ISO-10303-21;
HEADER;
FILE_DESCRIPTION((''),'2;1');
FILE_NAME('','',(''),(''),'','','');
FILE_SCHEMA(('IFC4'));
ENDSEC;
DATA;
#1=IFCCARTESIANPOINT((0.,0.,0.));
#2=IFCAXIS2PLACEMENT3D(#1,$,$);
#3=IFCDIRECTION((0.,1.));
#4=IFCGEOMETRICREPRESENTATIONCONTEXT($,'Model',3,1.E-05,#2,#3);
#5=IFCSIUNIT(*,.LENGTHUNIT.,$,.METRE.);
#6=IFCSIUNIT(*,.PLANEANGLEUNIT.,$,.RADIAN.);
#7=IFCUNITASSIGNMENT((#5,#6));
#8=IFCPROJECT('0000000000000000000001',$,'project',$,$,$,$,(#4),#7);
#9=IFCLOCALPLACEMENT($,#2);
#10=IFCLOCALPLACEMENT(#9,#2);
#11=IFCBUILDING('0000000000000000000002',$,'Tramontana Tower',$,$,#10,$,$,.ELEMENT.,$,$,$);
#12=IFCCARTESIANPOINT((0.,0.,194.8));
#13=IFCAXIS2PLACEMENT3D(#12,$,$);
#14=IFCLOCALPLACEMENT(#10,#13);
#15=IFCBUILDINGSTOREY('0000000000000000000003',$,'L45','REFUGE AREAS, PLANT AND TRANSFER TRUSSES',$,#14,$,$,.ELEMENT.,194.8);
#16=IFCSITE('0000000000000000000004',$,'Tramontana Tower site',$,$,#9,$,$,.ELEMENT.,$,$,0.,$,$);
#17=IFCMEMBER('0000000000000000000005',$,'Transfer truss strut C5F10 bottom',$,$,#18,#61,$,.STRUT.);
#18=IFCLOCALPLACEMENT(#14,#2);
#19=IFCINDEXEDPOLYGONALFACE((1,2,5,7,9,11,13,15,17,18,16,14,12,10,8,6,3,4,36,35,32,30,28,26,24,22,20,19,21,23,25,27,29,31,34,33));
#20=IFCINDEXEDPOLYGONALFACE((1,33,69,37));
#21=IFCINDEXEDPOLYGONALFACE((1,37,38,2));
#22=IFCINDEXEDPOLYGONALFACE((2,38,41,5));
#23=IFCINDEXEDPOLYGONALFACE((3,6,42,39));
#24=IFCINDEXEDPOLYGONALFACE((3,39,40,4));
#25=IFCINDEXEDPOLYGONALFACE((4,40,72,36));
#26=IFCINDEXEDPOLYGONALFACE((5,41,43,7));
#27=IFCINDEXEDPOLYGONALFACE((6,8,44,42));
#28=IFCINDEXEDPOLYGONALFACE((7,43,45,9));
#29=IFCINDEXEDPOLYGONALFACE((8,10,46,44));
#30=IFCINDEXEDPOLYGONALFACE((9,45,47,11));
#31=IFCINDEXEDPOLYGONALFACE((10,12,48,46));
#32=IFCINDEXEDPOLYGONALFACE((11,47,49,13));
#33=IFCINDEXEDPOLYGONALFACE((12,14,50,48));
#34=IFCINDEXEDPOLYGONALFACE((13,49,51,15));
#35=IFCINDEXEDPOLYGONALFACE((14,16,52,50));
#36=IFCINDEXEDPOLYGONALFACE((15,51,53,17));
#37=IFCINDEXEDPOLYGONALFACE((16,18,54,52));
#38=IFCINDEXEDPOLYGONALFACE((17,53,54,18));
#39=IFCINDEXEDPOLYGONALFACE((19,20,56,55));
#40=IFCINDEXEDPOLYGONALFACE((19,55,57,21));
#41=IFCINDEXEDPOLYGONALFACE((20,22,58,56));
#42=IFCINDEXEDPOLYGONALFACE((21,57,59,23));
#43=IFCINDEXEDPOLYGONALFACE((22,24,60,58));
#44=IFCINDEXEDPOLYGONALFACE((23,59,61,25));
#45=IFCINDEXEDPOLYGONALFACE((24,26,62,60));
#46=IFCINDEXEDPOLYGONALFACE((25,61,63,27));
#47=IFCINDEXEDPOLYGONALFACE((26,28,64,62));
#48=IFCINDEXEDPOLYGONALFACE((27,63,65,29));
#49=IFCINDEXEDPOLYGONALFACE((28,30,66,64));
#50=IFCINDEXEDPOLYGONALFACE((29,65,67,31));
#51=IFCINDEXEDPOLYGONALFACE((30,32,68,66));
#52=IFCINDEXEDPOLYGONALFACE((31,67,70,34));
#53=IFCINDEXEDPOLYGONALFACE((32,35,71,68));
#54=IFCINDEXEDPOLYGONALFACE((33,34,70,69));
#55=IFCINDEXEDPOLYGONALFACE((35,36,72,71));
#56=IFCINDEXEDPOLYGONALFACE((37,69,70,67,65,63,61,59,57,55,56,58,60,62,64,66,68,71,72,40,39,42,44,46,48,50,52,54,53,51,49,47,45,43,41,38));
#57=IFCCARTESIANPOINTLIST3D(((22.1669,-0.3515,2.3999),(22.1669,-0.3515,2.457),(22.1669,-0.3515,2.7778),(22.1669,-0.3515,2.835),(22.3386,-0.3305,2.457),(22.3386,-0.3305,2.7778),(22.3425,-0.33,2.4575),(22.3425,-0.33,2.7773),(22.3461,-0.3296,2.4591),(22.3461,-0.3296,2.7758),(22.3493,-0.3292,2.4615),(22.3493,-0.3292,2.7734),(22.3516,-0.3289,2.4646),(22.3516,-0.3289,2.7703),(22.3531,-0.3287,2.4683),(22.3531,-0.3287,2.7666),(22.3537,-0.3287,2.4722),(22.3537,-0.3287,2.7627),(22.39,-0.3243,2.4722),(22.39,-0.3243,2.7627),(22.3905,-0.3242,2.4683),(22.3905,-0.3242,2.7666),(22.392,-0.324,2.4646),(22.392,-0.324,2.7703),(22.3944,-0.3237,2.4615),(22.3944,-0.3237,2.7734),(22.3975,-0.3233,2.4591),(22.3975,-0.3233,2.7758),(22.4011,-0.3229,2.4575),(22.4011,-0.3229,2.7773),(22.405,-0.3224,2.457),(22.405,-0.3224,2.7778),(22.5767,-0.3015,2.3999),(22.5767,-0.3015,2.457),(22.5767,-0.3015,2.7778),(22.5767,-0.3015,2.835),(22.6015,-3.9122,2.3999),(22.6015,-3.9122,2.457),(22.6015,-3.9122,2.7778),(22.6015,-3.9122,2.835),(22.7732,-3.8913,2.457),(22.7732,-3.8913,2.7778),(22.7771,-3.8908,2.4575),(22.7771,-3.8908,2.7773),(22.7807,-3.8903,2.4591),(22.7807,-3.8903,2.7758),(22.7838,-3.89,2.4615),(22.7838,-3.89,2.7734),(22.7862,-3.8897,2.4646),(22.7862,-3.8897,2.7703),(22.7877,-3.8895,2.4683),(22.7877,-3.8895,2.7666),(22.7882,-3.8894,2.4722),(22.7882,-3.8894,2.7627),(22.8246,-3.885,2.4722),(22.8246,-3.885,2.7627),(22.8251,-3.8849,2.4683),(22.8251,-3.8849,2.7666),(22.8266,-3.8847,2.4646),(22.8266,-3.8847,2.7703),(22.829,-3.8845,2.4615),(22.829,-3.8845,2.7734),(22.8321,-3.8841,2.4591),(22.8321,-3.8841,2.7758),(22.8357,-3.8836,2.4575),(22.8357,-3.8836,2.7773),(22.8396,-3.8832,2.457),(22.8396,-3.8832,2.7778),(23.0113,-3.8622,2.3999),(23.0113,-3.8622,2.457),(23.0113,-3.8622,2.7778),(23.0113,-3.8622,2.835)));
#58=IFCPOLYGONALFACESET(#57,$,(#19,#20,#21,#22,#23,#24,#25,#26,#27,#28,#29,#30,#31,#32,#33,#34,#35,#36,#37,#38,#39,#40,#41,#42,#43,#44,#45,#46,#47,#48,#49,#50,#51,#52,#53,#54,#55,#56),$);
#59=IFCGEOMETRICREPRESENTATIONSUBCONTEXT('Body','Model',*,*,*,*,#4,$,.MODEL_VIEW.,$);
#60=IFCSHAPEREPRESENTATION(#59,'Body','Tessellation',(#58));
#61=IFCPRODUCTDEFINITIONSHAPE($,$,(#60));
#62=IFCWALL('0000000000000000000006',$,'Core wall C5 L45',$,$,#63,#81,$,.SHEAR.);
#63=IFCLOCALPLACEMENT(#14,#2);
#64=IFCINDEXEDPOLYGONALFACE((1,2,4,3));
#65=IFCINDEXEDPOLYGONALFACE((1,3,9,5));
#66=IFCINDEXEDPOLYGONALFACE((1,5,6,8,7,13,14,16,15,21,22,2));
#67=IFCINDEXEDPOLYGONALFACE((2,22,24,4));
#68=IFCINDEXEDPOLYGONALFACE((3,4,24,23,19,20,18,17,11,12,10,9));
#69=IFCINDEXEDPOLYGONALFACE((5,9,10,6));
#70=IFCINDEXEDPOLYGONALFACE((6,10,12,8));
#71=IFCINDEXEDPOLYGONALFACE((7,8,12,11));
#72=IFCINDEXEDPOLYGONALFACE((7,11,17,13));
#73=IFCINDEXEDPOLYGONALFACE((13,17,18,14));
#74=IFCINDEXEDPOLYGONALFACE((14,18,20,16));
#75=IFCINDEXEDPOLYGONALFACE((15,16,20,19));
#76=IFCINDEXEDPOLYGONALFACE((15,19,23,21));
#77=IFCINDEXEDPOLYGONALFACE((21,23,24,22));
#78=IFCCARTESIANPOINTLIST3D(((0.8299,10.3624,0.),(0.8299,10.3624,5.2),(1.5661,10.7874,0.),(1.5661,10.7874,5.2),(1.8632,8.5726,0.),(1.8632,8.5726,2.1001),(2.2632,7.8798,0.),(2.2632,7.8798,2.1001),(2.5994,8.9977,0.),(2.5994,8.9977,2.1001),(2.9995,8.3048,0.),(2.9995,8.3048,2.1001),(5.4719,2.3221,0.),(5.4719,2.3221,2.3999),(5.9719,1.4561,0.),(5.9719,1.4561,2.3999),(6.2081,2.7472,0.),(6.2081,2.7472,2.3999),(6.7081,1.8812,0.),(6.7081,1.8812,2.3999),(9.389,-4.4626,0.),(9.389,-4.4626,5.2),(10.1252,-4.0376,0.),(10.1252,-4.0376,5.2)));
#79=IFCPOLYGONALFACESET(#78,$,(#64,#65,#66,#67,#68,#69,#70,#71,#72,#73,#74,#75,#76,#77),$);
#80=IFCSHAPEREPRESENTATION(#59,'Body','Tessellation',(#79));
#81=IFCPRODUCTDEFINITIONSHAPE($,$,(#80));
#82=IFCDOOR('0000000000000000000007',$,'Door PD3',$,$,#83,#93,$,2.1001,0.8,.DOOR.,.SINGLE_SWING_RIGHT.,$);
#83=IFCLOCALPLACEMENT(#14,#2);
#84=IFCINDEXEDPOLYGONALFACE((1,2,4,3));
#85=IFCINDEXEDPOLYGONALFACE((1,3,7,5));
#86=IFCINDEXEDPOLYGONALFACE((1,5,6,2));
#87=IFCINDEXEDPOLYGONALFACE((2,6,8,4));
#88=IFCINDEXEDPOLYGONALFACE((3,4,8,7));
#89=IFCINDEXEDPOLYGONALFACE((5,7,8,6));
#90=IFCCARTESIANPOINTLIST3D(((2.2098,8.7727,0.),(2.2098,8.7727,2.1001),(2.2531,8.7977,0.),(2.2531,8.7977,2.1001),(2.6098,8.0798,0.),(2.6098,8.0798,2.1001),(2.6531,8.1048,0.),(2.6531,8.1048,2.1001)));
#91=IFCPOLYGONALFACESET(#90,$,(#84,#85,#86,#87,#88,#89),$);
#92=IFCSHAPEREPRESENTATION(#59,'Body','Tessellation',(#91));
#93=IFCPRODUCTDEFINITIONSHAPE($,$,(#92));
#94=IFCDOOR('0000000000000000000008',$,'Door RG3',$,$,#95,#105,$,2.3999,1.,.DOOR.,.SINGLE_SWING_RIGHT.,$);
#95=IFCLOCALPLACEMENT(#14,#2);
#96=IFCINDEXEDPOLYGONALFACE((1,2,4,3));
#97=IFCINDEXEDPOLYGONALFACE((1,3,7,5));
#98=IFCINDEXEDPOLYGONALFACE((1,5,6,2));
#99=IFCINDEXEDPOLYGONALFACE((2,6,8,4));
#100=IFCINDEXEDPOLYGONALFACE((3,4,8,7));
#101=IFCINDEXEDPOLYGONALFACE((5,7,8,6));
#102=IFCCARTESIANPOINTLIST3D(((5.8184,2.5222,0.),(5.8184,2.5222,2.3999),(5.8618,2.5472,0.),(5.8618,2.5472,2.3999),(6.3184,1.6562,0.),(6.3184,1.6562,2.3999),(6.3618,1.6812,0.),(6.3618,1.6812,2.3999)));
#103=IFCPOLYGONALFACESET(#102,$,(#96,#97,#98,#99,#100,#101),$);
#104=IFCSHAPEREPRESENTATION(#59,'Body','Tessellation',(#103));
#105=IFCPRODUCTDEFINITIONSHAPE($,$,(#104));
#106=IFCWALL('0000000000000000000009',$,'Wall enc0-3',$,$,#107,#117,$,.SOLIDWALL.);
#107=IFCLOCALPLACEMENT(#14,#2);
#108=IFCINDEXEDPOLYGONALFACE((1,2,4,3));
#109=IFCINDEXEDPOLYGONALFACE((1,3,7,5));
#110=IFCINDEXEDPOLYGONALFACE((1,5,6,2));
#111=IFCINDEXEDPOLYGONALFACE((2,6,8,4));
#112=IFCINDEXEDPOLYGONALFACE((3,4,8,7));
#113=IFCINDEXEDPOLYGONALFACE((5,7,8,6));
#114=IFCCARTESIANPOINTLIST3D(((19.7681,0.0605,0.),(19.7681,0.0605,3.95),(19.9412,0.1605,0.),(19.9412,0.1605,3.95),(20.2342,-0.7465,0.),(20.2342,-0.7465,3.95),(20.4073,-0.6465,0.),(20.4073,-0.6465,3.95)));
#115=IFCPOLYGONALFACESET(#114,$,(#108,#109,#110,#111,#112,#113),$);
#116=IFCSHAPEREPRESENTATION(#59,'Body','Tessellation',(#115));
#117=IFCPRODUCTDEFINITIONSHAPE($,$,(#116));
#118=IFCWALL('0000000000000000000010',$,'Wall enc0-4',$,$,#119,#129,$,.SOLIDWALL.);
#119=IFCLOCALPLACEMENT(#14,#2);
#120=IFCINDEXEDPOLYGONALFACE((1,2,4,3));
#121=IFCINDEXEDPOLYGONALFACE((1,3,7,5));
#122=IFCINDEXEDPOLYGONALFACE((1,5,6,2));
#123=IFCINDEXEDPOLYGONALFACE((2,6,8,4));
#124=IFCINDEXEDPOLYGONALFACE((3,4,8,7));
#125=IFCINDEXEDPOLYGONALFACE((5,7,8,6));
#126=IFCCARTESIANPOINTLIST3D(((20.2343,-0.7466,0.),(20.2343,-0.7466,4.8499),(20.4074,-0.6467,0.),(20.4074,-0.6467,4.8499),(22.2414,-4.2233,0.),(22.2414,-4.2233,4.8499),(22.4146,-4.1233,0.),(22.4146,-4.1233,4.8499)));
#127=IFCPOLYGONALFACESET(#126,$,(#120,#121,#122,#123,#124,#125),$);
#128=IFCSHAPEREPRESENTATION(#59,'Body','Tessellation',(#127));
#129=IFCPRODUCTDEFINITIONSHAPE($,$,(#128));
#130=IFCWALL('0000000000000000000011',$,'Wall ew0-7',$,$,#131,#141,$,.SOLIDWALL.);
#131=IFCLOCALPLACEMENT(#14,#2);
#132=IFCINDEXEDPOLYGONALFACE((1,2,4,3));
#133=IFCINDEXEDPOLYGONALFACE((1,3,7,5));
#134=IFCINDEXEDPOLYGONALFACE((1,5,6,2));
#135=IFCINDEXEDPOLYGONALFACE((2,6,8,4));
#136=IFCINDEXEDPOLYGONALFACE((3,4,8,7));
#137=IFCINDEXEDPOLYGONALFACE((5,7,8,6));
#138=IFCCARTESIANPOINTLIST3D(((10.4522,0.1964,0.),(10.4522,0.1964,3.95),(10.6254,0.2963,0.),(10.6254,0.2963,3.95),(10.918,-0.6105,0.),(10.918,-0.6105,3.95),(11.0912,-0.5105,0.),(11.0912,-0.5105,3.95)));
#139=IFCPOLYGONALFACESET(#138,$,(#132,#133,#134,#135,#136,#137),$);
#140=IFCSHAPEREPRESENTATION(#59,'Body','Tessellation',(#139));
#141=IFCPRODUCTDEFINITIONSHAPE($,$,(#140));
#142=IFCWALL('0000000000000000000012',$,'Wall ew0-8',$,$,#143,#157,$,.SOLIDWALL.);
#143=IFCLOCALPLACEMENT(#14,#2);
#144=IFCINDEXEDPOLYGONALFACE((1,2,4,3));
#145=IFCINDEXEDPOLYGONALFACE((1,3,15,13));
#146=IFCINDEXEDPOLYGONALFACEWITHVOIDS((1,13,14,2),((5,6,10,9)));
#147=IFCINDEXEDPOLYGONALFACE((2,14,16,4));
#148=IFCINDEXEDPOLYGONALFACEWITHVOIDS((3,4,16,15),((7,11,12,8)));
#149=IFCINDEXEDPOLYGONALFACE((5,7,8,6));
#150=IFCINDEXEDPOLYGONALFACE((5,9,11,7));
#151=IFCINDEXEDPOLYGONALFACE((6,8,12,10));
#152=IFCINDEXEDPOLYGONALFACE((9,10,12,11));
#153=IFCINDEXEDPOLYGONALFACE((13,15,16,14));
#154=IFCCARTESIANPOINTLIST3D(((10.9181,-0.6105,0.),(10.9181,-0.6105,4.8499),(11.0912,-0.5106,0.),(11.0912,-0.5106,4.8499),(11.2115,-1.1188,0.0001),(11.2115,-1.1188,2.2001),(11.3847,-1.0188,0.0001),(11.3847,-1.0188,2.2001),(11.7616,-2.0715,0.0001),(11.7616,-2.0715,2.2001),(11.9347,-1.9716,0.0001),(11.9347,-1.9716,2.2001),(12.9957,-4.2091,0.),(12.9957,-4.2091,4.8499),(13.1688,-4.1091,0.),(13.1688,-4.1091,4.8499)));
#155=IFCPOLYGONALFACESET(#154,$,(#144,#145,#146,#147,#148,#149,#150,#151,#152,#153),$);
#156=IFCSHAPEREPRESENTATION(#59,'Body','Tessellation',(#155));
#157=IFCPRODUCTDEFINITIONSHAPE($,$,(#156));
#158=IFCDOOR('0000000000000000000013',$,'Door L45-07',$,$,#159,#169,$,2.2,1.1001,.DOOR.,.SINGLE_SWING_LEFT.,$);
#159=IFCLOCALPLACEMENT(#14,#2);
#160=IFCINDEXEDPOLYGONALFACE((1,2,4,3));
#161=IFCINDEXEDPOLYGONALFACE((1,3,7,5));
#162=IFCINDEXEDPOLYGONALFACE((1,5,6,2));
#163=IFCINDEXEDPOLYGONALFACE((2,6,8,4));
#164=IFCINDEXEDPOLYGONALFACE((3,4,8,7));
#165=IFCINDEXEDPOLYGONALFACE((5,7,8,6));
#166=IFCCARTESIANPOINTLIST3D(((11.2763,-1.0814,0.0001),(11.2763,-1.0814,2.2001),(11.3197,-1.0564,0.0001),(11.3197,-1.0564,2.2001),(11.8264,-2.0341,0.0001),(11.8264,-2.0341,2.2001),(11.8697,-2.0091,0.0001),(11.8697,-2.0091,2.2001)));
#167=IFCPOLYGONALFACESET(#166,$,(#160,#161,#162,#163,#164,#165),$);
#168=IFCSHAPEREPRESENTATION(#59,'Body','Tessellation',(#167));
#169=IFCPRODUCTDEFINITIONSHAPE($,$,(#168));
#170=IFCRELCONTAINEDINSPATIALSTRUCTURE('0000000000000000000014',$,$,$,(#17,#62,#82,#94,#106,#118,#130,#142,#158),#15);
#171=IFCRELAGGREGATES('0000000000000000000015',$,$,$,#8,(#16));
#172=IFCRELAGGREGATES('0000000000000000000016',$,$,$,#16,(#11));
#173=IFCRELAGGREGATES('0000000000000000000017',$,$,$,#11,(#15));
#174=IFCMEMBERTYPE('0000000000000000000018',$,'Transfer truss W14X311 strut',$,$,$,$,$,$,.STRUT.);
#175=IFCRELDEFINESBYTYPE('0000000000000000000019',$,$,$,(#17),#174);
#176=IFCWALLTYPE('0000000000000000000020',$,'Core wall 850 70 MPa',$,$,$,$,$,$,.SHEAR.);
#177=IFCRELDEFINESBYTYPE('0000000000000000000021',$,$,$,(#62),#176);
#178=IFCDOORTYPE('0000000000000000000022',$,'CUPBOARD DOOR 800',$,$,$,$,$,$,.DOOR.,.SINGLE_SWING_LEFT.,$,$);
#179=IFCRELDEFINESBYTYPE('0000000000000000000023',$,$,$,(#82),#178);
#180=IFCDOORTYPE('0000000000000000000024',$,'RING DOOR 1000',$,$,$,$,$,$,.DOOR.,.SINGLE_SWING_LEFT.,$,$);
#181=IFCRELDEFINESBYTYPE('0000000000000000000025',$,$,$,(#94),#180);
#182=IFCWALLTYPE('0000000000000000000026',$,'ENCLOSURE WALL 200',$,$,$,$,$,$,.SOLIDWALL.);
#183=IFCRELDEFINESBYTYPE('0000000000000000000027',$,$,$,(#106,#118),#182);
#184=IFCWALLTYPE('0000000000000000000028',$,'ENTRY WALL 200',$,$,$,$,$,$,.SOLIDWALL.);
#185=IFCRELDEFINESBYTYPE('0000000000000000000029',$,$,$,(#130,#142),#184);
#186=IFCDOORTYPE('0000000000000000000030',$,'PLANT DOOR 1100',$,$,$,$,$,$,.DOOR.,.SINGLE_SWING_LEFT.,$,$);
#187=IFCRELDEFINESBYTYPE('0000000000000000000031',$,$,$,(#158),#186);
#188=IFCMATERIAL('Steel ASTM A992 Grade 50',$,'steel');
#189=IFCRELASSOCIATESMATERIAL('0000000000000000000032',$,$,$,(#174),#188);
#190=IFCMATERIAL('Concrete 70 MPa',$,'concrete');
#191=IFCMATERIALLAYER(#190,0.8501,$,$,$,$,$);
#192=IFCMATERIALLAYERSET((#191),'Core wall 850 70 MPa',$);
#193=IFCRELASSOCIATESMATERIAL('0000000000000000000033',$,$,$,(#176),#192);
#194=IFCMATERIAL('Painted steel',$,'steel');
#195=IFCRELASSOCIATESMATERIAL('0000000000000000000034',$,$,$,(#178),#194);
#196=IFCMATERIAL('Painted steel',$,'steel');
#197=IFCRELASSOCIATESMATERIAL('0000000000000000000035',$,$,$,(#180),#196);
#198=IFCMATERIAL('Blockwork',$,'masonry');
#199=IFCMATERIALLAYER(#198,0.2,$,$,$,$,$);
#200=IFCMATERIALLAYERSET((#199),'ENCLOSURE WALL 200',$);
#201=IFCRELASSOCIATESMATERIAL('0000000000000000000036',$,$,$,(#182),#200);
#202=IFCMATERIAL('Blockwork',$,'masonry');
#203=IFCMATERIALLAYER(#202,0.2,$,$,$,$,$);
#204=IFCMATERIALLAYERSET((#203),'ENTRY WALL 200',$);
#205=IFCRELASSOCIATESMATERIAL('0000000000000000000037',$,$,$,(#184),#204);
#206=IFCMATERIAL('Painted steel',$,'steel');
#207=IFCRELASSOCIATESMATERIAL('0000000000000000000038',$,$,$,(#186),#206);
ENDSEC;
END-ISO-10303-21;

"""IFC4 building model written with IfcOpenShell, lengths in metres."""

from ifc_helpers import new_model, si_unit, direction, frame, frame_2d, origin, origin_2d, place, context, subcontext, project, spatial, rectangle, i_section, extrude, material, layer, layer_set, material_profile, profile_set, type_object, element, fill, save


model = new_model("IFC4")

# Units and contexts
model_context = context("Model", 3, precision=1e-05, world=origin(), true_north=direction((0.0, 1.0)))
body_context = subcontext(model_context, "Body", "Model", "MODEL_VIEW")
ifc_project = project(units=[si_unit("LENGTHUNIT", "METRE"), si_unit("PLANEANGLEUNIT", "RADIAN")], contexts=[model_context])

# Site, building, storey
site_placement = place(None, origin())
site = spatial("IfcSite", under=ifc_project, at=site_placement, Name="Tramontana Tower site", CompositionType="ELEMENT", RefElevation=0.0)
building_placement = place(site_placement, origin())
building = spatial("IfcBuilding", under=site, at=building_placement, Name="Tramontana Tower", CompositionType="ELEMENT")
storey_placement = place(building_placement, frame((0.0, 0.0, 194.8)))
storey = spatial("IfcBuildingStorey", under=building, at=storey_placement, Name="L45", Description="REFUGE AREAS, PLANT AND TRANSFER TRUSSES", CompositionType="ELEMENT", Elevation=194.8)

# Member
ifc_material_1 = material(Name="Steel ASTM A992 Grade 50", Category="steel")
ifc_material_profile_1 = material_profile(ifc_material_1, i_section(OverallWidth=0.4128, OverallDepth=0.4351, WebThickness=0.0366, FlangeThickness=0.0571, FilletRadius=0.0151, at=origin_2d()), Name="W14X311")
ifc_profile_set_1 = profile_set([ifc_material_profile_1], Name="Steel ASTM A992 Grade 50")
member_type_1 = type_object("IfcMemberType", Name="Transfer truss W14X311 strut", PredefinedType="STRUT", material=ifc_profile_set_1)
member_1_placement = place(storey_placement, frame((22.8064, -3.8872, 2.6174), z_axis=(-0.121144, 0.992635, 0.0), x_axis=(-0.992635, -0.121144, 0.0)))
element("IfcMember", 1, at=member_1_placement, inside=storey, type_object=member_type_1, Name="Transfer truss strut C5F10 bottom", PredefinedType="STRUT", context=body_context, shape_type="SweptSolid", body=[
    extrude(i_section(OverallWidth=0.4128, OverallDepth=0.4351, WebThickness=0.0366, FlangeThickness=0.0571, FilletRadius=0.0151, at=origin_2d()), origin(), (0.0, 0.0, 1.0), 3.5872),
])

# Wall, openings, doors
ifc_material_2 = material(Name="Concrete 70 MPa", Category="concrete")
ifc_layer_1 = layer(ifc_material_2, 0.8501)
ifc_layer_set_1 = layer_set([ifc_layer_1], Name="Core wall 850 70 MPa")
wall_type_1 = type_object("IfcWallType", Name="Core wall 850 70 MPa", PredefinedType="SHEAR", material=ifc_layer_set_1)
wall_1_placement = place(storey_placement, frame((9.7571, -4.25, 0.0), z_axis=(0.0, 0.0, 1.0), x_axis=(-0.499995, 0.866028, 0.0)))
wall_1 = element("IfcWall", 2, at=wall_1_placement, inside=storey, type_object=wall_type_1, Name="Core wall C5 L45", PredefinedType="SHEAR", context=body_context, shape_type="SweptSolid", body=[
    extrude(rectangle(XDim=17.1184, YDim=0.8501, at=frame_2d((8.5591, 0.0))), origin(), (0.0, 0.0, 1.0), 5.2),
])
opening_1_placement = place(wall_1_placement, frame((6.8342, 0.0, 0.0)))
opening_1 = element("IfcOpeningElement", 3, at=opening_1_placement, cuts=wall_1, PredefinedType="OPENING", context=body_context, shape_type="SweptSolid", body=[
    extrude(rectangle(XDim=1.0, YDim=2.3999, at=frame_2d((0.5, 1.2))), frame((0.0, 0.4351, 0.0), z_axis=(0.0, -1.0, 0.0), x_axis=(1.0, 0.0, 0.0)), (0.0, 0.0, 1.0), 0.8701),
])
opening_2_placement = place(wall_1_placement, frame((14.2517, 0.0, 0.0)))
opening_2 = element("IfcOpeningElement", 4, at=opening_2_placement, cuts=wall_1, PredefinedType="OPENING", context=body_context, shape_type="SweptSolid", body=[
    extrude(rectangle(XDim=0.8, YDim=2.1001, at=frame_2d((0.3999, 1.05))), frame((0.0, 0.4351, 0.0), z_axis=(0.0, -1.0, 0.0), x_axis=(1.0, 0.0, 0.0)), (0.0, 0.0, 1.0), 0.8701),
])
ifc_material_3 = material(Name="Painted steel", Category="steel")
door_type_1 = type_object("IfcDoorType", Name="CUPBOARD DOOR 800", OperationType="SINGLE_SWING_LEFT", PredefinedType="DOOR", material=ifc_material_3)
door_1_placement = place(opening_2_placement, origin())
door_1 = element("IfcDoor", 5, at=door_1_placement, inside=storey, type_object=door_type_1, Name="Door PD3", OperationType="SINGLE_SWING_RIGHT", OverallHeight=2.1001, OverallWidth=0.8, PredefinedType="DOOR", context=body_context, shape_type="SweptSolid", body=[
    extrude(rectangle(XDim=0.8, YDim=2.1001, at=frame_2d((0.3999, 1.05))), frame((0.0, 0.0249, 0.0), z_axis=(0.0, -1.0, 0.0), x_axis=(1.0, 0.0, 0.0)), (0.0, 0.0, 1.0), 0.05),
])
fill(opening_2, door_1)
ifc_material_4 = material(Name="Painted steel", Category="steel")
door_type_2 = type_object("IfcDoorType", Name="RING DOOR 1000", OperationType="SINGLE_SWING_LEFT", PredefinedType="DOOR", material=ifc_material_4)
door_2_placement = place(opening_1_placement, origin())
door_2 = element("IfcDoor", 6, at=door_2_placement, inside=storey, type_object=door_type_2, Name="Door RG3", OperationType="SINGLE_SWING_RIGHT", OverallHeight=2.3999, OverallWidth=1.0, PredefinedType="DOOR", context=body_context, shape_type="SweptSolid", body=[
    extrude(rectangle(XDim=1.0, YDim=2.3999, at=frame_2d((0.5, 1.2))), frame((0.0, 0.0249, 0.0), z_axis=(0.0, -1.0, 0.0), x_axis=(1.0, 0.0, 0.0)), (0.0, 0.0, 1.0), 0.05),
])
fill(opening_1, door_2)

# Walls
ifc_material_5 = material(Name="Blockwork", Category="masonry")
ifc_layer_2 = layer(ifc_material_5, 0.2)
ifc_layer_set_2 = layer_set([ifc_layer_2], Name="ENCLOSURE WALL 200")
wall_type_2 = type_object("IfcWallType", Name="ENCLOSURE WALL 200", PredefinedType="SOLIDWALL", material=ifc_layer_set_2)
wall_2_placement = place(storey_placement, frame((19.8547, 0.1104, 0.0), z_axis=(0.0, 0.0, 1.0), x_axis=(0.500168, -0.865928, 0.0)))
element("IfcWall", 7, at=wall_2_placement, inside=storey, type_object=wall_type_2, Name="Wall enc0-3", PredefinedType="SOLIDWALL", context=body_context, shape_type="SweptSolid", body=[
    extrude(rectangle(XDim=0.9319, YDim=0.2, at=frame_2d((0.4658, 0.0))), origin(), (0.0, 0.0, 1.0), 3.95),
])
wall_3_placement = place(storey_placement, frame((20.3208, -0.6965, 0.0), z_axis=(0.0, 0.0, 1.0), x_axis=(0.499979, -0.866038, 0.0)))
element("IfcWall", 8, at=wall_3_placement, inside=storey, type_object=wall_type_2, Name="Wall enc0-4", PredefinedType="SOLIDWALL", context=body_context, shape_type="SweptSolid", body=[
    extrude(rectangle(XDim=4.0144, YDim=0.2, at=frame_2d((2.0073, 0.0))), origin(), (0.0, 0.0, 1.0), 4.8499),
])
ifc_material_6 = material(Name="Blockwork", Category="masonry")
ifc_layer_3 = layer(ifc_material_6, 0.2)
ifc_layer_set_3 = layer_set([ifc_layer_3], Name="ENTRY WALL 200")
wall_type_3 = type_object("IfcWallType", Name="ENTRY WALL 200", PredefinedType="SOLIDWALL", material=ifc_layer_set_3)
wall_4_placement = place(storey_placement, frame((10.5388, 0.2463, 0.0), z_axis=(0.0, 0.0, 1.0), x_axis=(0.499972, -0.866042, 0.0)))
element("IfcWall", 9, at=wall_4_placement, inside=storey, type_object=wall_type_3, Name="Wall ew0-7", PredefinedType="SOLIDWALL", context=body_context, shape_type="SweptSolid", body=[
    extrude(rectangle(XDim=0.9316, YDim=0.2, at=frame_2d((0.4658, 0.0))), origin(), (0.0, 0.0, 1.0), 3.95),
])

# Wall, opening, door
wall_5_placement = place(storey_placement, frame((11.0046, -0.5605, 0.0), z_axis=(0.0, 0.0, 1.0), x_axis=(0.499994, -0.866029, 0.0)))
wall_5 = element("IfcWall", 10, at=wall_5_placement, inside=storey, type_object=wall_type_3, Name="Wall ew0-8", PredefinedType="SOLIDWALL", context=body_context, shape_type="SweptSolid", body=[
    extrude(rectangle(XDim=4.1553, YDim=0.2, at=frame_2d((2.0776, 0.0))), origin(), (0.0, 0.0, 1.0), 4.8499),
])
opening_3_placement = place(wall_5_placement, frame((0.5869, 0.0, 0.0)))
opening_3 = element("IfcOpeningElement", 11, at=opening_3_placement, cuts=wall_5, PredefinedType="OPENING", context=body_context, shape_type="SweptSolid", body=[
    extrude(rectangle(XDim=1.1001, YDim=2.2, at=frame_2d((0.55, 1.1001))), frame((0.0, 0.1099, 0.0), z_axis=(0.0, -1.0, 0.0), x_axis=(1.0, 0.0, 0.0)), (0.0, 0.0, 1.0), 0.22),
])
ifc_material_7 = material(Name="Painted steel", Category="steel")
door_type_3 = type_object("IfcDoorType", Name="PLANT DOOR 1100", OperationType="SINGLE_SWING_LEFT", PredefinedType="DOOR", material=ifc_material_7)
door_3_placement = place(opening_3_placement, origin())
door_3 = element("IfcDoor", 12, at=door_3_placement, inside=storey, type_object=door_type_3, Name="Door L45-07", OperationType="SINGLE_SWING_LEFT", OverallHeight=2.2, OverallWidth=1.1001, PredefinedType="DOOR", context=body_context, shape_type="SweptSolid", body=[
    extrude(rectangle(XDim=1.1001, YDim=2.2, at=frame_2d((0.55, 1.1001))), frame((0.0, 0.0249, 0.0), z_axis=(0.0, -1.0, 0.0), x_axis=(1.0, 0.0, 0.0)), (0.0, 0.0, 1.0), 0.05),
])
fill(opening_3, door_3)

save(model, "model.ifc")
